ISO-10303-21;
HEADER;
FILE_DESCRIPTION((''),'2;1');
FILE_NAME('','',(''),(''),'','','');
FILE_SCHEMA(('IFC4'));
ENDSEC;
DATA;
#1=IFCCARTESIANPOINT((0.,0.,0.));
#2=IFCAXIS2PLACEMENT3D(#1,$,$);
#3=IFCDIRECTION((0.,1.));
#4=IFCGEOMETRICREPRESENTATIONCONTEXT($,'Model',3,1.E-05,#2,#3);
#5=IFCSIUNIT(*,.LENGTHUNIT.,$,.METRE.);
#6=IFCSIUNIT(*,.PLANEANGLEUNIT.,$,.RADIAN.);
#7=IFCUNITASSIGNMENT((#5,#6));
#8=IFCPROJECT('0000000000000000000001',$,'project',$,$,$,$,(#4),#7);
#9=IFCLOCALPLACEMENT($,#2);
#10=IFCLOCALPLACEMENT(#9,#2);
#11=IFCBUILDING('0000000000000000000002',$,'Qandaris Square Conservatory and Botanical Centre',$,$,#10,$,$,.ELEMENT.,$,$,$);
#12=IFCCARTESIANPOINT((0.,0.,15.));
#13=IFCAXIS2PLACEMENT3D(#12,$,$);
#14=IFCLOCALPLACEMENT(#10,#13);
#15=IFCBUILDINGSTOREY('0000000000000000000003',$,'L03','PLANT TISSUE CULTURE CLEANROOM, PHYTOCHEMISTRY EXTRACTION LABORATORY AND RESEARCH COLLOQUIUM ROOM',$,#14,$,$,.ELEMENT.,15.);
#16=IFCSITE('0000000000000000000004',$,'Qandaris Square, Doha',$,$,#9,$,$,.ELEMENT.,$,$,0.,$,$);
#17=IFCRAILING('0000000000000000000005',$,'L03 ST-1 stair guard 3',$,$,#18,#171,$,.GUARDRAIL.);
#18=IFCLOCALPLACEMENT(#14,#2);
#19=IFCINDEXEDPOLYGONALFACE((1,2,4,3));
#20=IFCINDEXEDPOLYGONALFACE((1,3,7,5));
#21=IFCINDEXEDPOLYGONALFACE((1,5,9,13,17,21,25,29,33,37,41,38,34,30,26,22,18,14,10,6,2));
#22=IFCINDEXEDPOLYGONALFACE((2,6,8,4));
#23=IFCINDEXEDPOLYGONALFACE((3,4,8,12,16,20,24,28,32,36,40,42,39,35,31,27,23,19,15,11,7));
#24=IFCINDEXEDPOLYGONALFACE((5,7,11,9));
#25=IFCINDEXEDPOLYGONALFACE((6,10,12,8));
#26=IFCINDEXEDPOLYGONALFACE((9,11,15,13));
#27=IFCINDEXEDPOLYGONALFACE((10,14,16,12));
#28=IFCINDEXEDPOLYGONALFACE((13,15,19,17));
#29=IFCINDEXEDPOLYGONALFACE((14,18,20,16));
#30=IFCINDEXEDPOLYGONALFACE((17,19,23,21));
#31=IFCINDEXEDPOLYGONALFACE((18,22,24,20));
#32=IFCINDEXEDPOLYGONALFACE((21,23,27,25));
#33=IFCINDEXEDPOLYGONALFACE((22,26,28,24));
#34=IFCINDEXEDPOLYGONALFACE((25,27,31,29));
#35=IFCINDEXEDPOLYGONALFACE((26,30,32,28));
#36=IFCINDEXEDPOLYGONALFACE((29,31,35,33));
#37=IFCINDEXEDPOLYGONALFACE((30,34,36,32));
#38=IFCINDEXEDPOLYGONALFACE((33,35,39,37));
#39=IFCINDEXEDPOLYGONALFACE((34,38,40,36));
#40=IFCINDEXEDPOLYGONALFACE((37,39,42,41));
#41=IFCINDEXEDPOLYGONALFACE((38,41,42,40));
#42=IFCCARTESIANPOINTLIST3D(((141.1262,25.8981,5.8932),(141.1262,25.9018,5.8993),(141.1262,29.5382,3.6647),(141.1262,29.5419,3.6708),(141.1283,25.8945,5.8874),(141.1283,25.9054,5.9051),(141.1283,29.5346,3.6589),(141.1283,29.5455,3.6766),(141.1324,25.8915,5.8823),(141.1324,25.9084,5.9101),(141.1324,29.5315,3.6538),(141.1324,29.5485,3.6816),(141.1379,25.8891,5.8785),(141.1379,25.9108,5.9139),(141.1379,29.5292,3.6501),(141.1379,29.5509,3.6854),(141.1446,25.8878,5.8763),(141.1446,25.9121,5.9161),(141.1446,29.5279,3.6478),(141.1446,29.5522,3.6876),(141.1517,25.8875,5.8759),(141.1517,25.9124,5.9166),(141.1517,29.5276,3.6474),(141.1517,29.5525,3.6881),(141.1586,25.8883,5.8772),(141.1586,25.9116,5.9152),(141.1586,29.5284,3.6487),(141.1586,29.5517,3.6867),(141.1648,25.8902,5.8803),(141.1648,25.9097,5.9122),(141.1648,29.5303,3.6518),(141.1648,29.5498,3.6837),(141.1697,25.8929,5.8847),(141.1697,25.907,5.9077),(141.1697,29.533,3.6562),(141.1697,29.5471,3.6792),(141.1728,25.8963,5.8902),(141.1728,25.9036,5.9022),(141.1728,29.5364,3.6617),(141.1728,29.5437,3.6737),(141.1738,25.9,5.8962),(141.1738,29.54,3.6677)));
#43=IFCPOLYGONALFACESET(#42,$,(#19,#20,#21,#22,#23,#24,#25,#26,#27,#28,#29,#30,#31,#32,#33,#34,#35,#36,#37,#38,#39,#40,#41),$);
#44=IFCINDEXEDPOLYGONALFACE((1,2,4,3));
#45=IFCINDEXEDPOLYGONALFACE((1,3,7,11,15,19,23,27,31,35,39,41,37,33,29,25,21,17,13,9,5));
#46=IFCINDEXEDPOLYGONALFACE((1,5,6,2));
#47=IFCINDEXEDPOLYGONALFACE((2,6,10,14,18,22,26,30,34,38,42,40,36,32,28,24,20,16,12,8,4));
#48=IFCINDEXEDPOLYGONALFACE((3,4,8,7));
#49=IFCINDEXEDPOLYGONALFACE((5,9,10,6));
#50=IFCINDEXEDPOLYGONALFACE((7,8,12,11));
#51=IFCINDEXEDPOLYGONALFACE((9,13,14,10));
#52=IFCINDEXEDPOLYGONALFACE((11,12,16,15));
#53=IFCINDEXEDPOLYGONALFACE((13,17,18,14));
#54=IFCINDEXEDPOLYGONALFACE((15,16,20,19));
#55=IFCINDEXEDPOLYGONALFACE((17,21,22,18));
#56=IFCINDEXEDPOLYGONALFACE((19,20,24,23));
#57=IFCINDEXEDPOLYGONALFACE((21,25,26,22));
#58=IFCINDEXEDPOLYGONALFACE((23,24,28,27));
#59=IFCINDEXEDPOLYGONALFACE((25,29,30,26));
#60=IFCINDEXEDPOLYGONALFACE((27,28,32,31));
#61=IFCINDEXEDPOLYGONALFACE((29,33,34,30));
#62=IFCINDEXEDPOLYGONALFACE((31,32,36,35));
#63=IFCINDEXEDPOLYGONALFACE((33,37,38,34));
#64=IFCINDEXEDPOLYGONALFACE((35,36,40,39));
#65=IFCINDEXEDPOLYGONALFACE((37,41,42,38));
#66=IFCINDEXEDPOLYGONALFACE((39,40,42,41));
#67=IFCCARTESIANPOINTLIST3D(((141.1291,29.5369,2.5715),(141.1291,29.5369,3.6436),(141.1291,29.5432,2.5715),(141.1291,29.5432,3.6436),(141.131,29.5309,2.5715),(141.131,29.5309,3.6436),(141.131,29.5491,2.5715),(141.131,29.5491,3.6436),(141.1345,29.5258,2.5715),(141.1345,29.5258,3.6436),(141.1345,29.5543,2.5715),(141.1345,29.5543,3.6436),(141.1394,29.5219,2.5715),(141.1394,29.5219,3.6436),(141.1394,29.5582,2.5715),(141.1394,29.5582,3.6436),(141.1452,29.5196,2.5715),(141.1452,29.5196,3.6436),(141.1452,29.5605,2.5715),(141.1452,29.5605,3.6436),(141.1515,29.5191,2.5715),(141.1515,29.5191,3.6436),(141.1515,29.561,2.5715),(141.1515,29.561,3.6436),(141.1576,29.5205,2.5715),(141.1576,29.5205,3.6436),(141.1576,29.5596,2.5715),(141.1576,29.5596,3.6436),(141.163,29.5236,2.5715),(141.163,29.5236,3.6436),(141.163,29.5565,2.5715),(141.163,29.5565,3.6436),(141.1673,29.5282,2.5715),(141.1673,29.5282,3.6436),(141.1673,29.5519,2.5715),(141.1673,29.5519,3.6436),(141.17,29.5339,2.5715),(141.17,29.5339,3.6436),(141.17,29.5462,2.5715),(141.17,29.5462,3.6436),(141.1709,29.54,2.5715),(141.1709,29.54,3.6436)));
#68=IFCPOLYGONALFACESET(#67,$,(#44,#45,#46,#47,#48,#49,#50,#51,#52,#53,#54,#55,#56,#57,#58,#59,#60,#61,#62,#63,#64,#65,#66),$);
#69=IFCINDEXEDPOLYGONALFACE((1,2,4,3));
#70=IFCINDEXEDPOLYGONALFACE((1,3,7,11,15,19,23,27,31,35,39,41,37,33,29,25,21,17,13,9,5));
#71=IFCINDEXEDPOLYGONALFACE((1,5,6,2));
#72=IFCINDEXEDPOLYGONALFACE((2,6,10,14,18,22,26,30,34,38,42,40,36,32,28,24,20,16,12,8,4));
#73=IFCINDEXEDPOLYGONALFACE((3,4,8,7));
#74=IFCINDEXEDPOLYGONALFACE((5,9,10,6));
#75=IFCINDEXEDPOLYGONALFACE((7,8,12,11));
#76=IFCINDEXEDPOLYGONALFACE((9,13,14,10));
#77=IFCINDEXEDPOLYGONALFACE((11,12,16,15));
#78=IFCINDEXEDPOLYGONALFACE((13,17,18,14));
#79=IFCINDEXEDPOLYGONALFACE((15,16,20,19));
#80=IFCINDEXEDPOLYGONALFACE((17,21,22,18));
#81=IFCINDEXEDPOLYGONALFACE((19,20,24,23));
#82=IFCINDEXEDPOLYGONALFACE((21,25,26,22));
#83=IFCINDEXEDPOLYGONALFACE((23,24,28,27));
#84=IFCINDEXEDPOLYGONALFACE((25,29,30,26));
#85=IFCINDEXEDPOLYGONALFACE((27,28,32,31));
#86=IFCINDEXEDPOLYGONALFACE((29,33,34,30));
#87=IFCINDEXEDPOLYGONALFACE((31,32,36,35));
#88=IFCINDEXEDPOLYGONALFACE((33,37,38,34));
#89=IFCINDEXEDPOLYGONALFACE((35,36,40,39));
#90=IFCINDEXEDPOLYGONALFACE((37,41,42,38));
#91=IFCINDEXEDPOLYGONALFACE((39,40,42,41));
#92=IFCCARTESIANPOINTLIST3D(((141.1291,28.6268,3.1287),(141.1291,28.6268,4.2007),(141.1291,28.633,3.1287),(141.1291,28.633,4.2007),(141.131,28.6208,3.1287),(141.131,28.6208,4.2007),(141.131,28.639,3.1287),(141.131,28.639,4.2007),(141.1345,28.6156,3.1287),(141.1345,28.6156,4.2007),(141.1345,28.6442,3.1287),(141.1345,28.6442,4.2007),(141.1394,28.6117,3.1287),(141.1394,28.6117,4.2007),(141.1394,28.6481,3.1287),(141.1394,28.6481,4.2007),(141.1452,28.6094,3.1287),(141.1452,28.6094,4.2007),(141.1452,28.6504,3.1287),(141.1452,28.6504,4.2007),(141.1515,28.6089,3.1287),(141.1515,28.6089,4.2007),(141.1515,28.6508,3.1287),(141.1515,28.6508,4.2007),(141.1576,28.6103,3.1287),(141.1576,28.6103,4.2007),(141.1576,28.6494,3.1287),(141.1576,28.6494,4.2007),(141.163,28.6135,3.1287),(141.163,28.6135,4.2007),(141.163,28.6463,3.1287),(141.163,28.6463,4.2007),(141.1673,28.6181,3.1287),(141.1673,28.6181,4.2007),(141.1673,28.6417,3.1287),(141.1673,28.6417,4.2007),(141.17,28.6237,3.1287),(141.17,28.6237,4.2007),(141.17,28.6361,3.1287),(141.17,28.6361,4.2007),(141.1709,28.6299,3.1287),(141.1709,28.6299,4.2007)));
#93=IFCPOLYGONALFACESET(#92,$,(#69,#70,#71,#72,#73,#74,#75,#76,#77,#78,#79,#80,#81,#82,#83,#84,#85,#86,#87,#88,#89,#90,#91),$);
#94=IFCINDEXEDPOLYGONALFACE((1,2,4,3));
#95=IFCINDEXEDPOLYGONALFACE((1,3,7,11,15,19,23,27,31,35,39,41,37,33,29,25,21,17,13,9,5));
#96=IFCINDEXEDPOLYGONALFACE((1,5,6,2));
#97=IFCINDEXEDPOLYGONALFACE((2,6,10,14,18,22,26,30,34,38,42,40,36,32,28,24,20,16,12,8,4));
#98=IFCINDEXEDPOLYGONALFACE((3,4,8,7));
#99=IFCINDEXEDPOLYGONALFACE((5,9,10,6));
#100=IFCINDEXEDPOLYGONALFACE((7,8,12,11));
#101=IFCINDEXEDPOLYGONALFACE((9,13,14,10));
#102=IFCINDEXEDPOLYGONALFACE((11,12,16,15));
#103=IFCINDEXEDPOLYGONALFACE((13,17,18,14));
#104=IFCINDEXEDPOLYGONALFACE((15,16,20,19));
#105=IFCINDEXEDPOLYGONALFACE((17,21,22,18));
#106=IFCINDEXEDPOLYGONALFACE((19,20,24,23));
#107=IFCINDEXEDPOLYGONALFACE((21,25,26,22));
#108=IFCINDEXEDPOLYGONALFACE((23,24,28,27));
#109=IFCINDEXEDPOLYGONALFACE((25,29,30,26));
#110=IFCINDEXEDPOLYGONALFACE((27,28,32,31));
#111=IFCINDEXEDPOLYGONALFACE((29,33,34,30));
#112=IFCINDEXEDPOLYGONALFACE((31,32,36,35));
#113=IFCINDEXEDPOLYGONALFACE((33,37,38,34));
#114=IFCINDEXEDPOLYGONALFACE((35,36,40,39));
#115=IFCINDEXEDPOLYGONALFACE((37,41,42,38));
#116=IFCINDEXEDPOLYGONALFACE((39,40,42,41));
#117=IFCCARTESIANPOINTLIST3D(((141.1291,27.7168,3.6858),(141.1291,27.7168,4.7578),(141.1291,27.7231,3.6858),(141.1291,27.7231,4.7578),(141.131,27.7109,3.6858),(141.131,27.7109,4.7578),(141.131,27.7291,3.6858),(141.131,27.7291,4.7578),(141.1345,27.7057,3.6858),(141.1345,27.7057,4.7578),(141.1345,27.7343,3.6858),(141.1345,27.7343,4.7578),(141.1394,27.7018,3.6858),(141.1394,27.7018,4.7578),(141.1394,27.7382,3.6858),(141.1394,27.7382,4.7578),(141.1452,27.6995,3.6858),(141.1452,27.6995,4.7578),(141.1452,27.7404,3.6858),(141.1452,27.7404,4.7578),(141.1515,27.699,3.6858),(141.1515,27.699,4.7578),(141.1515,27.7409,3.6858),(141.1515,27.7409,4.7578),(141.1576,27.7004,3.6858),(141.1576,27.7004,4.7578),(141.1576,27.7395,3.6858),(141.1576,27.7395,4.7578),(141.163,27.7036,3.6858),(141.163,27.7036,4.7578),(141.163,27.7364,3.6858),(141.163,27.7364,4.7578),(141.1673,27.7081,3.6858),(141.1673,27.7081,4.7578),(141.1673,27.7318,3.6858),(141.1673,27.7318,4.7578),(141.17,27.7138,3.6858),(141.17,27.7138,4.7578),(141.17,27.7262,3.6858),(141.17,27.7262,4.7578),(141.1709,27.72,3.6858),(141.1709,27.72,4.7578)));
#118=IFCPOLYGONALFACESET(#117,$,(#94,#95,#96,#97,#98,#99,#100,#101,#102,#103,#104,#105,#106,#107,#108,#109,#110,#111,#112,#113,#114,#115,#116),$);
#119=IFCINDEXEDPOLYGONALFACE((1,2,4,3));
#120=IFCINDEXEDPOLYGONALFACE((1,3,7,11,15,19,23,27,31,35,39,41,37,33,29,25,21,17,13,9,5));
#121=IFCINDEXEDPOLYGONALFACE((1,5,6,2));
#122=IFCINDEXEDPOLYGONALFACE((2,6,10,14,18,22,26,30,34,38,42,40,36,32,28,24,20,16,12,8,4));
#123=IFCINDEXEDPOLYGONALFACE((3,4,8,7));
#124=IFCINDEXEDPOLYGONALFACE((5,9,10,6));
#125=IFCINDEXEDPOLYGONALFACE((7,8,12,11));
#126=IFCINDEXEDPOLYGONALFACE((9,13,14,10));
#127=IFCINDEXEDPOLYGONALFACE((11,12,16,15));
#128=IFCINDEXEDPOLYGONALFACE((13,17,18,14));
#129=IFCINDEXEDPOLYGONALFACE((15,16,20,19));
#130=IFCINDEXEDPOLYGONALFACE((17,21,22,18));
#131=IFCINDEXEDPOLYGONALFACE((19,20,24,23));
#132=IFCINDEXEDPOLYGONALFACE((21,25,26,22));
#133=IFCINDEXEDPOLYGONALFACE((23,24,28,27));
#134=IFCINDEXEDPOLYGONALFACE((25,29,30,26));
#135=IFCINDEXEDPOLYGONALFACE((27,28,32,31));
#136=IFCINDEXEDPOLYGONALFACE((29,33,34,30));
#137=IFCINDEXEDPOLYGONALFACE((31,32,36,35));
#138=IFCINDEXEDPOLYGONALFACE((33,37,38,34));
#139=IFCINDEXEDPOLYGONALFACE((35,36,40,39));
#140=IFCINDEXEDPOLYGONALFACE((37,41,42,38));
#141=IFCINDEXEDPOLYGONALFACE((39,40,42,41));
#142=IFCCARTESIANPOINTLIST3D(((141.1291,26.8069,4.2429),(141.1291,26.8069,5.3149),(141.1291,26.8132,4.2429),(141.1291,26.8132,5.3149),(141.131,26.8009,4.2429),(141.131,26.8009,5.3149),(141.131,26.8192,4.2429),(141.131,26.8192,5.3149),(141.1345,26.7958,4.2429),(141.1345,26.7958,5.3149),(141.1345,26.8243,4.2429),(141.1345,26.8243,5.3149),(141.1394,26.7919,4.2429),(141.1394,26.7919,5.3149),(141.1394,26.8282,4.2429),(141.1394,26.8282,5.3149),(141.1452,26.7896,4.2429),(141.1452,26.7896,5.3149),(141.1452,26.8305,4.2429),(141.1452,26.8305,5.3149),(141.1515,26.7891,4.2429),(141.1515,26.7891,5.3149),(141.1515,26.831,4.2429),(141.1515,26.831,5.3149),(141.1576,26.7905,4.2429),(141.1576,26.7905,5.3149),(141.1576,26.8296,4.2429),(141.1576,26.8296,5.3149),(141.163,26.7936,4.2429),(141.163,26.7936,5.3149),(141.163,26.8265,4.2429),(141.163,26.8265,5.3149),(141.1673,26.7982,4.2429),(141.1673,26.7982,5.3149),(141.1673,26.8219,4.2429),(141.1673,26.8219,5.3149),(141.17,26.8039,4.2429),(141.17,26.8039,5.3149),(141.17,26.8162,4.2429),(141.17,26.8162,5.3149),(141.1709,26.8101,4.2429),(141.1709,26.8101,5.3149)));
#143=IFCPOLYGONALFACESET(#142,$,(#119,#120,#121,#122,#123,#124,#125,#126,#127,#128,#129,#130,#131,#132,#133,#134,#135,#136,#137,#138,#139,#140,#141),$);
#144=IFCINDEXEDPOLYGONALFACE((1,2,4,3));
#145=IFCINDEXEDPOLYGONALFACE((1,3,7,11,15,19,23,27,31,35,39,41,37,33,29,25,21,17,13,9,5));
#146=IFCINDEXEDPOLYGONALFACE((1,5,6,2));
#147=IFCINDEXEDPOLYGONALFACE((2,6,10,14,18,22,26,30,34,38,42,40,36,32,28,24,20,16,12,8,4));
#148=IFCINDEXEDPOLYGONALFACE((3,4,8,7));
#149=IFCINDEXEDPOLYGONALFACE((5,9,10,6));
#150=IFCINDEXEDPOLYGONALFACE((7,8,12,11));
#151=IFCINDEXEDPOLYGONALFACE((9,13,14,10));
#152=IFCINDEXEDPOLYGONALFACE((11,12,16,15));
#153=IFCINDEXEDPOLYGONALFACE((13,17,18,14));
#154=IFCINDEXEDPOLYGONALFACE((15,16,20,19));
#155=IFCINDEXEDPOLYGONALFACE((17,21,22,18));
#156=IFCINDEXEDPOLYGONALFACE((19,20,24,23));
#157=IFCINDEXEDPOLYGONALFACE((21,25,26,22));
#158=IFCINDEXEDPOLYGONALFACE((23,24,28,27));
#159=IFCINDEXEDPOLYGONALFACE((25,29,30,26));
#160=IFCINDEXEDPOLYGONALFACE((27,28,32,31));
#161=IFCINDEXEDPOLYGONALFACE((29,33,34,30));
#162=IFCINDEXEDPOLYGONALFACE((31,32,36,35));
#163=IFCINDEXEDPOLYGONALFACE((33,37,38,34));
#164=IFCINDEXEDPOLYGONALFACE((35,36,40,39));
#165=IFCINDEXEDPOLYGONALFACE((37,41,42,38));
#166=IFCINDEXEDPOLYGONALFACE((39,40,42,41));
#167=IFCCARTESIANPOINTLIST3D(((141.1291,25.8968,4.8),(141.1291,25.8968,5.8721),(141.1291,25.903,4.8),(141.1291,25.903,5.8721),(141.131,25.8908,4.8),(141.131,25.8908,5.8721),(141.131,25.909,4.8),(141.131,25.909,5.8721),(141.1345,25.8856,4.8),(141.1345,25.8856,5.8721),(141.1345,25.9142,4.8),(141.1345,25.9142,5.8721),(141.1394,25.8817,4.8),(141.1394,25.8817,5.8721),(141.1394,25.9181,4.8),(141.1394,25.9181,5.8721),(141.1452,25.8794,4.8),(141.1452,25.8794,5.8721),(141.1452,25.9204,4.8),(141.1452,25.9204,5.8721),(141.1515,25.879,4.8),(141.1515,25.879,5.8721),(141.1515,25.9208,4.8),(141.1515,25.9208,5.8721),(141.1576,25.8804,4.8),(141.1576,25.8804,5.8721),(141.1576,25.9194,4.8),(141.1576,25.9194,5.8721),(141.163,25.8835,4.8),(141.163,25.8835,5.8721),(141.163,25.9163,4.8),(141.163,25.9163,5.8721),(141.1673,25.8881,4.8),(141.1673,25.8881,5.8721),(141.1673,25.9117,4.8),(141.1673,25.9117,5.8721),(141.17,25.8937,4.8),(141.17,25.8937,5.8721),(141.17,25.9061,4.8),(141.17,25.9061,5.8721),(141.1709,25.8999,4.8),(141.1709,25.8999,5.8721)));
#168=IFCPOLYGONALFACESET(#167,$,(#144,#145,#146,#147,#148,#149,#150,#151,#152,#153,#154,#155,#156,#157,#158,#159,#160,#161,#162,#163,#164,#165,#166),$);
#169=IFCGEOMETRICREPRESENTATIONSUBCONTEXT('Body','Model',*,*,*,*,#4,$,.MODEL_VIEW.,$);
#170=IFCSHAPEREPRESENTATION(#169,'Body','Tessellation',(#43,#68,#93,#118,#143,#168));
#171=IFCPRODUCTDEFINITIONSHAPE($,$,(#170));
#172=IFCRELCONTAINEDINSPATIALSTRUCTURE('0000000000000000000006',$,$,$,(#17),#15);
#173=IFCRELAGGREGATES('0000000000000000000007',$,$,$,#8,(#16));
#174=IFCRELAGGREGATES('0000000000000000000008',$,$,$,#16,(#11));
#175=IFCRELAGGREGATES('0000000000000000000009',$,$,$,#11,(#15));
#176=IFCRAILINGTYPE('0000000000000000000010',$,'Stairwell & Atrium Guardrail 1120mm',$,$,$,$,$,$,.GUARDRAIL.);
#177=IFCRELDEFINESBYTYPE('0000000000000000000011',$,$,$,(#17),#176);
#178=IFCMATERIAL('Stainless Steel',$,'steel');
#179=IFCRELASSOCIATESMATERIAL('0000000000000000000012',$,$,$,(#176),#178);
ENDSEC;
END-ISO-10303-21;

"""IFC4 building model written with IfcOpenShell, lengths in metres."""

from ifc_helpers import new_model, si_unit, direction, frame, origin, origin_2d, place, context, subcontext, project, spatial, circle, extrude, material, type_object, element, save


model = new_model("IFC4")

# Units and contexts
model_context = context("Model", 3, precision=1e-05, world=origin(), true_north=direction((0.0, 1.0)))
body_context = subcontext(model_context, "Body", "Model", "MODEL_VIEW")
ifc_project = project(units=[si_unit("LENGTHUNIT", "METRE"), si_unit("PLANEANGLEUNIT", "RADIAN")], contexts=[model_context])

# Site, building, storey
site_placement = place(None, origin())
site = spatial("IfcSite", under=ifc_project, at=site_placement, Name="Qandaris Square, Doha", CompositionType="ELEMENT", RefElevation=0.0)
building_placement = place(site_placement, origin())
building = spatial("IfcBuilding", under=site, at=building_placement, Name="Qandaris Square Conservatory and Botanical Centre", CompositionType="ELEMENT")
storey_placement = place(building_placement, frame((0.0, 0.0, 15.0)))
storey = spatial("IfcBuildingStorey", under=building, at=storey_placement, Name="L03", Description="PLANT TISSUE CULTURE CLEANROOM, PHYTOCHEMISTRY EXTRACTION LABORATORY AND RESEARCH COLLOQUIUM ROOM", CompositionType="ELEMENT", Elevation=15.0)

# Railing
ifc_material_1 = material(Name="Stainless Steel", Category="steel")
railing_type_1 = type_object("IfcRailingType", Name="Stairwell & Atrium Guardrail 1120mm", PredefinedType="GUARDRAIL", material=ifc_material_1)
railing_1_placement = place(storey_placement, frame((141.1499, 29.54, 2.5715)))
element("IfcRailing", 1, at=railing_1_placement, inside=storey, type_object=railing_type_1, Name="L03 ST-1 stair guard 3", PredefinedType="GUARDRAIL", context=body_context, shape_type="SweptSolid", body=[
    extrude(circle(Radius=0.0239, at=origin_2d()), frame((0.0, 0.0, 1.0962), z_axis=(0.0, -0.852866, 0.52213), x_axis=(1.0, 0.0, 0.0)), (0.0, 0.0, 1.0), 4.2681),
    extrude(circle(Radius=0.021, at=origin_2d()), origin(), (0.0, 0.0, 1.0), 1.072),
    extrude(circle(Radius=0.021, at=origin_2d()), frame((0.0, -0.9102, 0.5571)), (0.0, 0.0, 1.0), 1.072),
    extrude(circle(Radius=0.021, at=origin_2d()), frame((0.0, -1.8201, 1.1143)), (0.0, 0.0, 1.0), 1.072),
    extrude(circle(Radius=0.021, at=origin_2d()), frame((0.0, -2.73, 1.6714)), (0.0, 0.0, 1.0), 1.072),
    extrude(circle(Radius=0.021, at=origin_2d()), frame((0.0, -3.6401, 2.2285)), (0.0, 0.0, 1.0), 1.072),
])

save(model, "model.ifc")
